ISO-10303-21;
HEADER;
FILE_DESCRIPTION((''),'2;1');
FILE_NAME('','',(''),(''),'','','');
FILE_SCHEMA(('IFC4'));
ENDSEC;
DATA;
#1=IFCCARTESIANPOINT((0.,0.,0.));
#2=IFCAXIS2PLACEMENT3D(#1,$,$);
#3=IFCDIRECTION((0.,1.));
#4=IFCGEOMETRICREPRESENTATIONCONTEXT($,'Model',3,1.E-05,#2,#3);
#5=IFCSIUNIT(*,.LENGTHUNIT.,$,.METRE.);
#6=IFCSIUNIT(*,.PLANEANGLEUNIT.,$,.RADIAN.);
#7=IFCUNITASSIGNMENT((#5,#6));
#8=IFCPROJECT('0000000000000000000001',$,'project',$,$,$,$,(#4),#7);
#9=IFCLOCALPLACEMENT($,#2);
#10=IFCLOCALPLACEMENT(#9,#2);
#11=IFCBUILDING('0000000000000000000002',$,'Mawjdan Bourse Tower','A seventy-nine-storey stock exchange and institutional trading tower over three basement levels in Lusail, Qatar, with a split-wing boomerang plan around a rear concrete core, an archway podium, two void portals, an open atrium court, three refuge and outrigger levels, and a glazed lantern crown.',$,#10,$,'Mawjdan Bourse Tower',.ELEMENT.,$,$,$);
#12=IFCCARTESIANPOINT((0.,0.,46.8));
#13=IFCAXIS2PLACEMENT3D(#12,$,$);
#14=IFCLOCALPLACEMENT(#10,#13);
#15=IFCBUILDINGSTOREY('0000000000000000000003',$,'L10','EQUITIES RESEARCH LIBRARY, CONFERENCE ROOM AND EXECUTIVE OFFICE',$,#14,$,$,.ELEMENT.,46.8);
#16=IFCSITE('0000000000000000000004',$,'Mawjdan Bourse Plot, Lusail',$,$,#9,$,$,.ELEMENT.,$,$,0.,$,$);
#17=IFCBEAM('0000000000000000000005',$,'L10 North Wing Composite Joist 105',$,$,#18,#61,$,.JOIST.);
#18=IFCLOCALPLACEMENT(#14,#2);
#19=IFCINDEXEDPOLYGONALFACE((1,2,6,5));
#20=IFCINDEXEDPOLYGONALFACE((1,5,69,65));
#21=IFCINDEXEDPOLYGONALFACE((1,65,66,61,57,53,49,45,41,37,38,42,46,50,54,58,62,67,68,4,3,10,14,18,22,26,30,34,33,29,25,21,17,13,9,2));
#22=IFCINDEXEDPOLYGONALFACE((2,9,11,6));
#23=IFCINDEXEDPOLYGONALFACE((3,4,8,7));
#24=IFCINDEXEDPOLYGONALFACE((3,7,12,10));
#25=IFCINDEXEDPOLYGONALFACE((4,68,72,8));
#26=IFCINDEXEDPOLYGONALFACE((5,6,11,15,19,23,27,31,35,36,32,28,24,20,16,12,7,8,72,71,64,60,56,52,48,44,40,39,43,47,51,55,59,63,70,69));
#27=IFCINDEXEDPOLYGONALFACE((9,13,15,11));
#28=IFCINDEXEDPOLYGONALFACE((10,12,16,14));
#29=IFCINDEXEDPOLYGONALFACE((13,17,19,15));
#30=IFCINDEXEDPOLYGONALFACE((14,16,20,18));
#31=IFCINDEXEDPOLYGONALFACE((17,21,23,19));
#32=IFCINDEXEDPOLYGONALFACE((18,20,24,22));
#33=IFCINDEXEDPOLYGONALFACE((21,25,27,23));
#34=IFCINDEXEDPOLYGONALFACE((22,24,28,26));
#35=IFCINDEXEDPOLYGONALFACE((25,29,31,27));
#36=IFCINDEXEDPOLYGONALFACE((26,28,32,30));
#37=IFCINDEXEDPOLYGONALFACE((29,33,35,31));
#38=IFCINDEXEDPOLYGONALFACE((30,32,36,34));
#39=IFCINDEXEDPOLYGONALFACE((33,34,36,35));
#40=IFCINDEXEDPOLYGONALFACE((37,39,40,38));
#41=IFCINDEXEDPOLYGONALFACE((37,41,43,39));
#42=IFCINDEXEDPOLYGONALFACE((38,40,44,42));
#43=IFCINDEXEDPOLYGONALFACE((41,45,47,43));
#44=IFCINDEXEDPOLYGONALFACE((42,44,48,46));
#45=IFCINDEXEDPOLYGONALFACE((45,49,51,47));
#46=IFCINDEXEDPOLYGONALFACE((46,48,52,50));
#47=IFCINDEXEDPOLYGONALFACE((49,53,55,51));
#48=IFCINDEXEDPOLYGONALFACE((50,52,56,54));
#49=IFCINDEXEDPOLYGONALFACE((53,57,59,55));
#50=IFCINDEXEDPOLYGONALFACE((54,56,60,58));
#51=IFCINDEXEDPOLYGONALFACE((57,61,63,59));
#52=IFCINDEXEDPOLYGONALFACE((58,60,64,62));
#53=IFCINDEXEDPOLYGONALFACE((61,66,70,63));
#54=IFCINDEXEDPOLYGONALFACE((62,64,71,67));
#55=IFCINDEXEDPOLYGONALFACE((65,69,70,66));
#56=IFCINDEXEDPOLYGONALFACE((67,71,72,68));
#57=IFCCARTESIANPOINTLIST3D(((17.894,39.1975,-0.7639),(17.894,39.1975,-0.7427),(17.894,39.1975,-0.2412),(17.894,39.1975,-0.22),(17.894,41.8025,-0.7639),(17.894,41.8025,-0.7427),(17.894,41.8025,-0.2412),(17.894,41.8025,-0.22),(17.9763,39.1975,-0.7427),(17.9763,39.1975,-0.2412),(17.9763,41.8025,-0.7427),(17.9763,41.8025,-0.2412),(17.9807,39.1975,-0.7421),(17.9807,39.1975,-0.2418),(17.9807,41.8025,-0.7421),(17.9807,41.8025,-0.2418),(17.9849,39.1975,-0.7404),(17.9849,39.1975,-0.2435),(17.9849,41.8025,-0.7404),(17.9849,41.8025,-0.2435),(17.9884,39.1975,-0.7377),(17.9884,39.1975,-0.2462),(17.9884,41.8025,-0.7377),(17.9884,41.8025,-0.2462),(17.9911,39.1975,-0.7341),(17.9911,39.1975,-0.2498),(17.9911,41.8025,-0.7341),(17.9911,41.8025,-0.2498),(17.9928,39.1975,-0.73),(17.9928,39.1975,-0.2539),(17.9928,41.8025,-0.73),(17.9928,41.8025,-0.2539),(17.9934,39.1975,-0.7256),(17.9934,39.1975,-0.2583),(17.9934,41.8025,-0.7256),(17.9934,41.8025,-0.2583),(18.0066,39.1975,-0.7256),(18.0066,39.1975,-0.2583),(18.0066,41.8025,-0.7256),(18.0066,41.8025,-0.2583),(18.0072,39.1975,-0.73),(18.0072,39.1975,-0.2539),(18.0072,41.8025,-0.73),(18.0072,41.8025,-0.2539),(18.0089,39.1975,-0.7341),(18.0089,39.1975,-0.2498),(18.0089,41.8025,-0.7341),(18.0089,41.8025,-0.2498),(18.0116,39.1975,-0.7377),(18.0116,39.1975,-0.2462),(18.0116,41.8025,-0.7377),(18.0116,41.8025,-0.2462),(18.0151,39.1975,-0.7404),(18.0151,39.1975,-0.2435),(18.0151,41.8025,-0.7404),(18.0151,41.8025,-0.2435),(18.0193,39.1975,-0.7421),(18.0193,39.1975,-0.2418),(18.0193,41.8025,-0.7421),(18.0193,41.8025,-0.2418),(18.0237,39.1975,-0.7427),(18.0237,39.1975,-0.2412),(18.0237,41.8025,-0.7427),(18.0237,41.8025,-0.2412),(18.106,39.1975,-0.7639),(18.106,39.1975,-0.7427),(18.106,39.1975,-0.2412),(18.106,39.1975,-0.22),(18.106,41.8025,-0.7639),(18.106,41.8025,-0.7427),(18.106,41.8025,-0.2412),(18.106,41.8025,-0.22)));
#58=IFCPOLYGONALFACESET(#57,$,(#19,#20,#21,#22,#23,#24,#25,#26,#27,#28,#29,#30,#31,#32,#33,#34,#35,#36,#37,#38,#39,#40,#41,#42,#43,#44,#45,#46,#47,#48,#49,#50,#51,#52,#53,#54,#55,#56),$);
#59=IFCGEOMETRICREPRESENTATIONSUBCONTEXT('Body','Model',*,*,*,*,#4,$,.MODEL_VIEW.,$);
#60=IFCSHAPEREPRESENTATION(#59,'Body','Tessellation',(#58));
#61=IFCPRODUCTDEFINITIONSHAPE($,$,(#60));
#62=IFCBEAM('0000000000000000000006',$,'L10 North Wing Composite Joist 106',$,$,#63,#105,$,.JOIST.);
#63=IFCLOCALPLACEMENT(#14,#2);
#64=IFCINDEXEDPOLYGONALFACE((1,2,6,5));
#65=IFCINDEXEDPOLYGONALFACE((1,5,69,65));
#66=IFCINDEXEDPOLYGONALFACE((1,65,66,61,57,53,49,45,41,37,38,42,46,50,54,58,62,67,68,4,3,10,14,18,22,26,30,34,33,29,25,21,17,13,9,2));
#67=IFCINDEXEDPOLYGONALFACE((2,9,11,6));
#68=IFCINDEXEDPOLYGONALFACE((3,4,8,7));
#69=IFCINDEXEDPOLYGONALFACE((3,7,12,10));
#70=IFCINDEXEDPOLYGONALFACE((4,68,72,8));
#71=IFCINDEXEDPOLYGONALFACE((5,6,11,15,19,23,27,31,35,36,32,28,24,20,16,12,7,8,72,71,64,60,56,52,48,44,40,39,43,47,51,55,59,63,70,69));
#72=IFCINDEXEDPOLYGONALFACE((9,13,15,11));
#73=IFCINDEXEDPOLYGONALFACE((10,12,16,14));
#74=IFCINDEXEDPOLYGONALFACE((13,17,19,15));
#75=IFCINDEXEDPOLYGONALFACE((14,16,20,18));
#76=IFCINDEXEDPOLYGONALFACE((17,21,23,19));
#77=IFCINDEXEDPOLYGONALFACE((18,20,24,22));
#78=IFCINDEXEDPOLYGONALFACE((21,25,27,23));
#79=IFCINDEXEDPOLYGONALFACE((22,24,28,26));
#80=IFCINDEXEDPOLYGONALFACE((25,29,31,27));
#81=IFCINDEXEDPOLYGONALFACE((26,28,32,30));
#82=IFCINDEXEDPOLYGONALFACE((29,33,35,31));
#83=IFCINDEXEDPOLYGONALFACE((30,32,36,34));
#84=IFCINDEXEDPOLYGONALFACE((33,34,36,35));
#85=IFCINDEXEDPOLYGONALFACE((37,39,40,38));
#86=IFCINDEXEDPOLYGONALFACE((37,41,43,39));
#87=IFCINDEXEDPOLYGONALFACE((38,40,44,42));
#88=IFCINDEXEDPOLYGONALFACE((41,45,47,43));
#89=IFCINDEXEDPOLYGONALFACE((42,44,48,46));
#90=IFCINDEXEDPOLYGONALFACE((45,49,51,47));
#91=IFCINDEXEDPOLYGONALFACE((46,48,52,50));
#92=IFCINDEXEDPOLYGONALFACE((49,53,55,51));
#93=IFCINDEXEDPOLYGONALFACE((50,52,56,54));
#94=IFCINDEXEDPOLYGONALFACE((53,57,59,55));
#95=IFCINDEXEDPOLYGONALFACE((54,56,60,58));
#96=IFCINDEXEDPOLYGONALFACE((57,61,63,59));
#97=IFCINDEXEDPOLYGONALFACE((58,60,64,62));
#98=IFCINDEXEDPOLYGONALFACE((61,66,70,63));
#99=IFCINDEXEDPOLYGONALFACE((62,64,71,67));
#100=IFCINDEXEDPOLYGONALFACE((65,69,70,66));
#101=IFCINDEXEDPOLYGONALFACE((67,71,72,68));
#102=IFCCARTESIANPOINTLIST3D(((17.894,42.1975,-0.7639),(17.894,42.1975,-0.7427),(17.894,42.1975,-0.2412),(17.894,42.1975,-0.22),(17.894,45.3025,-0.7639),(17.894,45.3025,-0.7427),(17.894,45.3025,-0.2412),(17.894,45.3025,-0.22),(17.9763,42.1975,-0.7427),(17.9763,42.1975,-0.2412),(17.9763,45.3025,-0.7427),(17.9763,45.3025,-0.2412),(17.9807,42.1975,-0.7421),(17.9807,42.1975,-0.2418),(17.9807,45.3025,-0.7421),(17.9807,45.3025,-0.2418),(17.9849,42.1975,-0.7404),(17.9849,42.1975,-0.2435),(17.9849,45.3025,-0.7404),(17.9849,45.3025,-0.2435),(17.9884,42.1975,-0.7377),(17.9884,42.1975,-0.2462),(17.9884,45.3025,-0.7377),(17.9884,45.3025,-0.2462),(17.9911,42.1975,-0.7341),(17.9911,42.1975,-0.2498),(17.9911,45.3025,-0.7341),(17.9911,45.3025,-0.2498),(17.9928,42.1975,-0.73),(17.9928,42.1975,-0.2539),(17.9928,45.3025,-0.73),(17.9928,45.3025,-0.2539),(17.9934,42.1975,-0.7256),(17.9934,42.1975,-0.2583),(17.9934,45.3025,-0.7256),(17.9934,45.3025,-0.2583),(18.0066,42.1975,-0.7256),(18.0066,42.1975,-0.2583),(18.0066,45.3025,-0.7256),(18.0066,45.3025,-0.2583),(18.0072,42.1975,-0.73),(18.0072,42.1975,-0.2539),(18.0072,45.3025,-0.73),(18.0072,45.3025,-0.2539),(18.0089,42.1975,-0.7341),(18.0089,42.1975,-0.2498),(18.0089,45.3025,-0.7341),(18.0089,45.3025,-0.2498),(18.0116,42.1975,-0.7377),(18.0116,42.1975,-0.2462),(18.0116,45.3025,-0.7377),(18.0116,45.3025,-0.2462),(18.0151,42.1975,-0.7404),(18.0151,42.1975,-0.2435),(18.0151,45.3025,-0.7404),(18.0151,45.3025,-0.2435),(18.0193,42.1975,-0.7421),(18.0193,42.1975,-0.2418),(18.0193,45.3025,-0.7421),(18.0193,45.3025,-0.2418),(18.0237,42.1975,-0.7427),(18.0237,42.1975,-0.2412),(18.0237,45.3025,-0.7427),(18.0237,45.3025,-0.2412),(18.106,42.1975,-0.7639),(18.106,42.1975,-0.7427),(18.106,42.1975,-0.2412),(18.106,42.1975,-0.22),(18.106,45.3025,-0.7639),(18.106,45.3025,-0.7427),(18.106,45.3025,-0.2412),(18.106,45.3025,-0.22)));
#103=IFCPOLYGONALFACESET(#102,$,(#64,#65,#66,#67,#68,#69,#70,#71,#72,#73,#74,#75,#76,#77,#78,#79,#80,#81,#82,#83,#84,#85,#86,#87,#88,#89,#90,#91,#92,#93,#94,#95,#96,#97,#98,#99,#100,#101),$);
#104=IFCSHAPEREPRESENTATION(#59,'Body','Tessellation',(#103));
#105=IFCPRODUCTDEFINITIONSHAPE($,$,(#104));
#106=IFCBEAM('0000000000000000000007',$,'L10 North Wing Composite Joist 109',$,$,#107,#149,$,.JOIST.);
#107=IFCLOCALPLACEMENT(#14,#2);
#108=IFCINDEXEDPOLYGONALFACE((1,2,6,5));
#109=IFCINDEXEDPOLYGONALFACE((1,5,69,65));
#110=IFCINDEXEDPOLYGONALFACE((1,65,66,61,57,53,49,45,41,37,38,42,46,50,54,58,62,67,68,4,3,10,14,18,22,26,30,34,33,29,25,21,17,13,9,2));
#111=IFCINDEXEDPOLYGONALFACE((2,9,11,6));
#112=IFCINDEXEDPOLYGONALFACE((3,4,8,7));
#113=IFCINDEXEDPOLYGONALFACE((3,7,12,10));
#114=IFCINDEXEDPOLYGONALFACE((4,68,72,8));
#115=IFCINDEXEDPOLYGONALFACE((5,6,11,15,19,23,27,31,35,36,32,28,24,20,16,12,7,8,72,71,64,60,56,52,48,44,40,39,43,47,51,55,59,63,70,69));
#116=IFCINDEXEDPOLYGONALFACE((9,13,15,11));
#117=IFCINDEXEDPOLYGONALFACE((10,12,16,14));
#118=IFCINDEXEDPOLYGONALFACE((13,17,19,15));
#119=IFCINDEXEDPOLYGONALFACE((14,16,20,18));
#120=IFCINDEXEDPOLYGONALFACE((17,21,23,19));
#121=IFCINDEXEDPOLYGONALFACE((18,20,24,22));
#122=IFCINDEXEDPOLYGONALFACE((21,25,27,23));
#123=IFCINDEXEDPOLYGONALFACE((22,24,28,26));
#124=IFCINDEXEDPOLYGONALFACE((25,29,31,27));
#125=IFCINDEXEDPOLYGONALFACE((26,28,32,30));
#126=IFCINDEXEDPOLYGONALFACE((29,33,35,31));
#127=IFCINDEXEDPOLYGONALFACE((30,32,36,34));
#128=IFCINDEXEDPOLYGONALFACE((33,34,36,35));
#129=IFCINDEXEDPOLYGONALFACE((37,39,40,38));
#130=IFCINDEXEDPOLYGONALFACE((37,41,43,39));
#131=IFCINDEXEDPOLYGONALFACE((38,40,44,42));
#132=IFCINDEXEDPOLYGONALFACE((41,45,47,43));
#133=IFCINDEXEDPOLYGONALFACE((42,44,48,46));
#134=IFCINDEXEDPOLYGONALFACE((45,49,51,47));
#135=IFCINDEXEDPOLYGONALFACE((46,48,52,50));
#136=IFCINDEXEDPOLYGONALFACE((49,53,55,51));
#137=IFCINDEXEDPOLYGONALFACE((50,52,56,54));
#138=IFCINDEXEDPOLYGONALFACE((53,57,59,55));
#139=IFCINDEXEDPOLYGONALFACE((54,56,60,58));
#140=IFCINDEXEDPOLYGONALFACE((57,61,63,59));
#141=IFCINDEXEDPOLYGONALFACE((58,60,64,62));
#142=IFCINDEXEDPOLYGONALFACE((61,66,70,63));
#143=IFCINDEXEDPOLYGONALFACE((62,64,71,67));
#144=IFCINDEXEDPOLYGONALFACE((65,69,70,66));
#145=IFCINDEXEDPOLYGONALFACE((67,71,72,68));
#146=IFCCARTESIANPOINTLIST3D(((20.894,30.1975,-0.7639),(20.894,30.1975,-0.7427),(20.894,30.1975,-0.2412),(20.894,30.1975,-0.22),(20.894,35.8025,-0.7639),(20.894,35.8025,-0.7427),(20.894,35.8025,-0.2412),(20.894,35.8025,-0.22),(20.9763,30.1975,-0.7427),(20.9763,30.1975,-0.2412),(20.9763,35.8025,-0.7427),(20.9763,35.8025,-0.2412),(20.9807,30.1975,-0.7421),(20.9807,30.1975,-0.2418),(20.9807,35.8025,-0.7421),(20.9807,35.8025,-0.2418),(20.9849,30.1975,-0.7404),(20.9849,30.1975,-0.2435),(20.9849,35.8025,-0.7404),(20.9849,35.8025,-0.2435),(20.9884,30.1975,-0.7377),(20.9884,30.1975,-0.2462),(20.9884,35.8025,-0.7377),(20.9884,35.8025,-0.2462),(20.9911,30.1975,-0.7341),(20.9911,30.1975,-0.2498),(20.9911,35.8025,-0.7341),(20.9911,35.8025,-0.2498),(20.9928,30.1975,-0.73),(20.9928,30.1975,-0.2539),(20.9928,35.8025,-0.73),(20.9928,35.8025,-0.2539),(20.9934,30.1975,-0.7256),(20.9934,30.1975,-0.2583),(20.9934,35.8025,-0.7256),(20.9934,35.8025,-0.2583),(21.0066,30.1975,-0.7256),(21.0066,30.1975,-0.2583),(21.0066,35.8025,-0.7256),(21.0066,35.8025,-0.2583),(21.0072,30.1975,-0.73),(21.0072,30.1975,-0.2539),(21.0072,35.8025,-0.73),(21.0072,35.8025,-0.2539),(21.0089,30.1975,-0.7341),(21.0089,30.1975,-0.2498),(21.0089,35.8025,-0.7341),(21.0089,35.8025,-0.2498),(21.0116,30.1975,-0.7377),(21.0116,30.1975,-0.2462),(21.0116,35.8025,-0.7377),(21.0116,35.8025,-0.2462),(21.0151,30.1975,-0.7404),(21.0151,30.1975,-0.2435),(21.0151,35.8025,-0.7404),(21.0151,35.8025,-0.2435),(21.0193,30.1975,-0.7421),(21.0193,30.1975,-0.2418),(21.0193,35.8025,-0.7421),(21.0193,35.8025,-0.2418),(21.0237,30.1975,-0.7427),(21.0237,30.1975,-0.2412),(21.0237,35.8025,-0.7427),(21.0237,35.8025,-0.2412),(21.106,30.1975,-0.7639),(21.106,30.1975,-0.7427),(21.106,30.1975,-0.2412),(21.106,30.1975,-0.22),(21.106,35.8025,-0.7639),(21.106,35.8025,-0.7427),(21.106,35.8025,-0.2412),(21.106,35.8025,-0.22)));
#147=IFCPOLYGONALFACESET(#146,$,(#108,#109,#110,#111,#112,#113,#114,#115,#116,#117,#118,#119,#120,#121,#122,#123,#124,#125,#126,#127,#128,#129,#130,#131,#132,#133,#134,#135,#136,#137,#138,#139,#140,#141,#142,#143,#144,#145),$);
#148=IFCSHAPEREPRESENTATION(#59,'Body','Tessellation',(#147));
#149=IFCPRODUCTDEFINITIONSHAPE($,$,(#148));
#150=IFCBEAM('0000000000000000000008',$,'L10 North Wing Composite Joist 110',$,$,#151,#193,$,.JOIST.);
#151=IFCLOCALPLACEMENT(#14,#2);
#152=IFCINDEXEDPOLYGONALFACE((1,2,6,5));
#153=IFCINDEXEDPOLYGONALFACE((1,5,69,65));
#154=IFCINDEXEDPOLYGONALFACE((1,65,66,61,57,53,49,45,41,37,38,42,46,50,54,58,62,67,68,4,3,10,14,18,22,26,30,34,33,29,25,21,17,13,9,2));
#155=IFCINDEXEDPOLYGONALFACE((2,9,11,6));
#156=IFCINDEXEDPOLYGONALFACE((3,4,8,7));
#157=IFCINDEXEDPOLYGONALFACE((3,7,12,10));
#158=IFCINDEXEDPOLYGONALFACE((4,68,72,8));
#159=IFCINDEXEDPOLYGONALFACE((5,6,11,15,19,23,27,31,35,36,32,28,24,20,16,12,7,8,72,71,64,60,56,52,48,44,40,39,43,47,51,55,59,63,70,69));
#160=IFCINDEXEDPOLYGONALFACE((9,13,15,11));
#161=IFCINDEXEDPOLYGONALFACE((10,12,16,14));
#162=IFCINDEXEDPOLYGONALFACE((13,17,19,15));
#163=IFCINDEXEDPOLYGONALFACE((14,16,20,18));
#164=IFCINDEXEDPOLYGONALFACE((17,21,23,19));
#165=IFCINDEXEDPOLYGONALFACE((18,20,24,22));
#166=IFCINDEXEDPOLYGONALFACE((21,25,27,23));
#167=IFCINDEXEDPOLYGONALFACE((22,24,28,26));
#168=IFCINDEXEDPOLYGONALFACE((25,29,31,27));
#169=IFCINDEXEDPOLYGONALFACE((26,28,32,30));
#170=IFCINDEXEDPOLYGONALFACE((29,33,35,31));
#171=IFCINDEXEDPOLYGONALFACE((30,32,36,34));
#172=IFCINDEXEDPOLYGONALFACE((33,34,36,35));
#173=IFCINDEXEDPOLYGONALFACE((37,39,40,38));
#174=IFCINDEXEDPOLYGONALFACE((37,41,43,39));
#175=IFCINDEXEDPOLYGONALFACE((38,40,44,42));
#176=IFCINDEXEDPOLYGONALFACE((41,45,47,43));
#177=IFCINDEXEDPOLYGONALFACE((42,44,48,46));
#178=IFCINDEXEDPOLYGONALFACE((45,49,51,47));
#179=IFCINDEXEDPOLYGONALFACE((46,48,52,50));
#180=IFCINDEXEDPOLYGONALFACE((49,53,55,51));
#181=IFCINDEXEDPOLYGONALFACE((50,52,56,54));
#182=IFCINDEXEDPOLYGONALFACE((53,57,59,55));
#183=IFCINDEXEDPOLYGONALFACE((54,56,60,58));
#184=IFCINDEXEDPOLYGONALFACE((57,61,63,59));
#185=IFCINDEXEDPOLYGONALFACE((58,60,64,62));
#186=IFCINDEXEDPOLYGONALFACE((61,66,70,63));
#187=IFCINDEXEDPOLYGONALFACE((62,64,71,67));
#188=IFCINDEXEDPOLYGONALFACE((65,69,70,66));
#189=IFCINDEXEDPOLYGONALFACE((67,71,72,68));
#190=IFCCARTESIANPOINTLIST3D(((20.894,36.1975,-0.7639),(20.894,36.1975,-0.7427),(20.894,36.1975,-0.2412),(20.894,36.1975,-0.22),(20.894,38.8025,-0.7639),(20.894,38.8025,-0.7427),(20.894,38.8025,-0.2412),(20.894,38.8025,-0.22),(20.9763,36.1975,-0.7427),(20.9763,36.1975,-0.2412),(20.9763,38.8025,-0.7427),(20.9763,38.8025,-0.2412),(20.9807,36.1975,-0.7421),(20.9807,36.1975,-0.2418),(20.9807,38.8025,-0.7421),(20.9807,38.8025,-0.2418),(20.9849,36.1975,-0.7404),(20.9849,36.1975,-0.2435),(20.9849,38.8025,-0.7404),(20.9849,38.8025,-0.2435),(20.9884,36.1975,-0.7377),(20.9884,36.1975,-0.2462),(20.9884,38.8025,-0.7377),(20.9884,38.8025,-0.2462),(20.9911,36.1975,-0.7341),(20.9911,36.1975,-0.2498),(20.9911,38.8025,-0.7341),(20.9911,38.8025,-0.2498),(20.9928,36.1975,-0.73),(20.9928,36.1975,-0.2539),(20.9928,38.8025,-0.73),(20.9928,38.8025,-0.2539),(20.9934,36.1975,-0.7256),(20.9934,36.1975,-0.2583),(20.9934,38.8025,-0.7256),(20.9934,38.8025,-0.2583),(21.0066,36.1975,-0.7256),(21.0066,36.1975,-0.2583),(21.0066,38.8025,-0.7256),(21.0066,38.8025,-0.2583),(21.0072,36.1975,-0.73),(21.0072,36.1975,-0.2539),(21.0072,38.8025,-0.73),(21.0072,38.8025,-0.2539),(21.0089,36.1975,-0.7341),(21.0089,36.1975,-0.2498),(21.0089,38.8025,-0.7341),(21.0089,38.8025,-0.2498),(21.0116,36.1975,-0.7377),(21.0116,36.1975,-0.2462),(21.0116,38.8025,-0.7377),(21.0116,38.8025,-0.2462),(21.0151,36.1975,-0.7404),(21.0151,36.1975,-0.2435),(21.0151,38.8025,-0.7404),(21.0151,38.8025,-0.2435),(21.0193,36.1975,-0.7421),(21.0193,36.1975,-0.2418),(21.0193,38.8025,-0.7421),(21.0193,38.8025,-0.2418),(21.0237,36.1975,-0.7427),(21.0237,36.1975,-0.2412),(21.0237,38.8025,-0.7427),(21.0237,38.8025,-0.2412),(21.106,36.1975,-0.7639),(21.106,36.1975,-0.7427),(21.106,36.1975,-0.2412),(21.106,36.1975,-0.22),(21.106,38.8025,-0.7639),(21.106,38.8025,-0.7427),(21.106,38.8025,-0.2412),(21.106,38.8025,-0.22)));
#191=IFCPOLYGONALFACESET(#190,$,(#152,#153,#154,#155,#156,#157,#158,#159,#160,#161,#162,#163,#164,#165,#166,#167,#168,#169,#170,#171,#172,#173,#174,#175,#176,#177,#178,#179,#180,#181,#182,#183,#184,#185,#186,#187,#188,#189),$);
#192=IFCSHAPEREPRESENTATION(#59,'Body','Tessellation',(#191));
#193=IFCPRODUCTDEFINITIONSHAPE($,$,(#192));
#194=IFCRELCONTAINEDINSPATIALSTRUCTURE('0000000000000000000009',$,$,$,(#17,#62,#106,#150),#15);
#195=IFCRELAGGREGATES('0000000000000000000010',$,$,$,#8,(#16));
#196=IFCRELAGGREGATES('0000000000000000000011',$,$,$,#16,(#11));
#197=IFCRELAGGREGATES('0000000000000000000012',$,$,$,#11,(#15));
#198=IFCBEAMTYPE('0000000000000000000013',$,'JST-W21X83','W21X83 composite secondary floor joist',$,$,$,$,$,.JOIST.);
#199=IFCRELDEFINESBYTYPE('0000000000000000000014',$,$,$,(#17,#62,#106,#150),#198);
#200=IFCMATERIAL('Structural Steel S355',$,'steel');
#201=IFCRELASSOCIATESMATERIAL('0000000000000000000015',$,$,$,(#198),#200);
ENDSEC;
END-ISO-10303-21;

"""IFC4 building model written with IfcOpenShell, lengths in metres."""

from ifc_helpers import new_model, si_unit, direction, frame, origin, origin_2d, place, context, subcontext, project, spatial, i_section, extrude, material, material_profile, profile_set, type_object, element, save


model = new_model("IFC4")

# Units and contexts
model_context = context("Model", 3, precision=1e-05, world=origin(), true_north=direction((0.0, 1.0)))
body_context = subcontext(model_context, "Body", "Model", "MODEL_VIEW")
ifc_project = project(units=[si_unit("LENGTHUNIT", "METRE"), si_unit("PLANEANGLEUNIT", "RADIAN")], contexts=[model_context])

# Site, building, storey
site_placement = place(None, origin())
site = spatial("IfcSite", under=ifc_project, at=site_placement, Name="Mawjdan Bourse Plot, Lusail", CompositionType="ELEMENT", RefElevation=0.0)
building_placement = place(site_placement, origin())
building = spatial("IfcBuilding", under=site, at=building_placement, Name="Mawjdan Bourse Tower", Description="A seventy-nine-storey stock exchange and institutional trading tower over three basement levels in Lusail, Qatar, with a split-wing boomerang plan around a rear concrete core, an archway podium, two void portals, an open atrium court, three refuge and outrigger levels, and a glazed lantern crown.", LongName="Mawjdan Bourse Tower", CompositionType="ELEMENT")
storey_placement = place(building_placement, frame((0.0, 0.0, 46.8)))
storey = spatial("IfcBuildingStorey", under=building, at=storey_placement, Name="L10", Description="EQUITIES RESEARCH LIBRARY, CONFERENCE ROOM AND EXECUTIVE OFFICE", CompositionType="ELEMENT", Elevation=46.8)

# Beams
ifc_material_1 = material(Name="Structural Steel S355", Category="steel")
ifc_material_profile_1 = material_profile(ifc_material_1, i_section(OverallWidth=0.2119, OverallDepth=0.5439, WebThickness=0.0132, FlangeThickness=0.0212, FilletRadius=0.0171, at=origin_2d()), Name="W21X83")
ifc_profile_set_1 = profile_set([ifc_material_profile_1], Name="Structural Steel S355")
beam_type_1 = type_object("IfcBeamType", Name="JST-W21X83", Description="W21X83 composite secondary floor joist", PredefinedType="JOIST", material=ifc_profile_set_1)
for number, where, z_axis, x_axis, name in (
    (1, (18.0, 39.1975, -0.4919), (0.0, 1.0, 0.0), (-1.0, 0.0, 0.0), "L10 North Wing Composite Joist 105"),
):
    element("IfcBeam", number, at=place(storey_placement, frame(where, z_axis=z_axis, x_axis=x_axis)), inside=storey, type_object=beam_type_1, Name=name, PredefinedType="JOIST", context=body_context, shape_type="SweptSolid", body=[
        extrude(i_section(OverallWidth=0.2119, OverallDepth=0.5439, WebThickness=0.0132, FlangeThickness=0.0212, FilletRadius=0.0171, at=origin_2d()), origin(), (0.0, 0.0, 1.0), 2.605),
    ])
beam_1_placement = place(storey_placement, frame((18.0, 42.1975, -0.4919), z_axis=(0.0, 1.0, 0.0), x_axis=(-1.0, 0.0, 0.0)))
element("IfcBeam", 2, at=beam_1_placement, inside=storey, type_object=beam_type_1, Name="L10 North Wing Composite Joist 106", PredefinedType="JOIST", context=body_context, shape_type="SweptSolid", body=[
    extrude(i_section(OverallWidth=0.2119, OverallDepth=0.5439, WebThickness=0.0132, FlangeThickness=0.0212, FilletRadius=0.0171, at=origin_2d()), origin(), (0.0, 0.0, 1.0), 3.105),
])
beam_2_placement = place(storey_placement, frame((21.0, 30.1975, -0.4919), z_axis=(0.0, 1.0, 0.0), x_axis=(-1.0, 0.0, 0.0)))
element("IfcBeam", 3, at=beam_2_placement, inside=storey, type_object=beam_type_1, Name="L10 North Wing Composite Joist 109", PredefinedType="JOIST", context=body_context, shape_type="SweptSolid", body=[
    extrude(i_section(OverallWidth=0.2119, OverallDepth=0.5439, WebThickness=0.0132, FlangeThickness=0.0212, FilletRadius=0.0171, at=origin_2d()), origin(), (0.0, 0.0, 1.0), 5.605),
])
for number, where, z_axis, x_axis, name in (
    (4, (21.0, 36.1975, -0.4919), (0.0, 1.0, 0.0), (-1.0, 0.0, 0.0), "L10 North Wing Composite Joist 110"),
):
    element("IfcBeam", number, at=place(storey_placement, frame(where, z_axis=z_axis, x_axis=x_axis)), inside=storey, type_object=beam_type_1, Name=name, PredefinedType="JOIST", context=body_context, shape_type="SweptSolid", body=[
        extrude(i_section(OverallWidth=0.2119, OverallDepth=0.5439, WebThickness=0.0132, FlangeThickness=0.0212, FilletRadius=0.0171, at=origin_2d()), origin(), (0.0, 0.0, 1.0), 2.605),
    ])

save(model, "model.ifc")
